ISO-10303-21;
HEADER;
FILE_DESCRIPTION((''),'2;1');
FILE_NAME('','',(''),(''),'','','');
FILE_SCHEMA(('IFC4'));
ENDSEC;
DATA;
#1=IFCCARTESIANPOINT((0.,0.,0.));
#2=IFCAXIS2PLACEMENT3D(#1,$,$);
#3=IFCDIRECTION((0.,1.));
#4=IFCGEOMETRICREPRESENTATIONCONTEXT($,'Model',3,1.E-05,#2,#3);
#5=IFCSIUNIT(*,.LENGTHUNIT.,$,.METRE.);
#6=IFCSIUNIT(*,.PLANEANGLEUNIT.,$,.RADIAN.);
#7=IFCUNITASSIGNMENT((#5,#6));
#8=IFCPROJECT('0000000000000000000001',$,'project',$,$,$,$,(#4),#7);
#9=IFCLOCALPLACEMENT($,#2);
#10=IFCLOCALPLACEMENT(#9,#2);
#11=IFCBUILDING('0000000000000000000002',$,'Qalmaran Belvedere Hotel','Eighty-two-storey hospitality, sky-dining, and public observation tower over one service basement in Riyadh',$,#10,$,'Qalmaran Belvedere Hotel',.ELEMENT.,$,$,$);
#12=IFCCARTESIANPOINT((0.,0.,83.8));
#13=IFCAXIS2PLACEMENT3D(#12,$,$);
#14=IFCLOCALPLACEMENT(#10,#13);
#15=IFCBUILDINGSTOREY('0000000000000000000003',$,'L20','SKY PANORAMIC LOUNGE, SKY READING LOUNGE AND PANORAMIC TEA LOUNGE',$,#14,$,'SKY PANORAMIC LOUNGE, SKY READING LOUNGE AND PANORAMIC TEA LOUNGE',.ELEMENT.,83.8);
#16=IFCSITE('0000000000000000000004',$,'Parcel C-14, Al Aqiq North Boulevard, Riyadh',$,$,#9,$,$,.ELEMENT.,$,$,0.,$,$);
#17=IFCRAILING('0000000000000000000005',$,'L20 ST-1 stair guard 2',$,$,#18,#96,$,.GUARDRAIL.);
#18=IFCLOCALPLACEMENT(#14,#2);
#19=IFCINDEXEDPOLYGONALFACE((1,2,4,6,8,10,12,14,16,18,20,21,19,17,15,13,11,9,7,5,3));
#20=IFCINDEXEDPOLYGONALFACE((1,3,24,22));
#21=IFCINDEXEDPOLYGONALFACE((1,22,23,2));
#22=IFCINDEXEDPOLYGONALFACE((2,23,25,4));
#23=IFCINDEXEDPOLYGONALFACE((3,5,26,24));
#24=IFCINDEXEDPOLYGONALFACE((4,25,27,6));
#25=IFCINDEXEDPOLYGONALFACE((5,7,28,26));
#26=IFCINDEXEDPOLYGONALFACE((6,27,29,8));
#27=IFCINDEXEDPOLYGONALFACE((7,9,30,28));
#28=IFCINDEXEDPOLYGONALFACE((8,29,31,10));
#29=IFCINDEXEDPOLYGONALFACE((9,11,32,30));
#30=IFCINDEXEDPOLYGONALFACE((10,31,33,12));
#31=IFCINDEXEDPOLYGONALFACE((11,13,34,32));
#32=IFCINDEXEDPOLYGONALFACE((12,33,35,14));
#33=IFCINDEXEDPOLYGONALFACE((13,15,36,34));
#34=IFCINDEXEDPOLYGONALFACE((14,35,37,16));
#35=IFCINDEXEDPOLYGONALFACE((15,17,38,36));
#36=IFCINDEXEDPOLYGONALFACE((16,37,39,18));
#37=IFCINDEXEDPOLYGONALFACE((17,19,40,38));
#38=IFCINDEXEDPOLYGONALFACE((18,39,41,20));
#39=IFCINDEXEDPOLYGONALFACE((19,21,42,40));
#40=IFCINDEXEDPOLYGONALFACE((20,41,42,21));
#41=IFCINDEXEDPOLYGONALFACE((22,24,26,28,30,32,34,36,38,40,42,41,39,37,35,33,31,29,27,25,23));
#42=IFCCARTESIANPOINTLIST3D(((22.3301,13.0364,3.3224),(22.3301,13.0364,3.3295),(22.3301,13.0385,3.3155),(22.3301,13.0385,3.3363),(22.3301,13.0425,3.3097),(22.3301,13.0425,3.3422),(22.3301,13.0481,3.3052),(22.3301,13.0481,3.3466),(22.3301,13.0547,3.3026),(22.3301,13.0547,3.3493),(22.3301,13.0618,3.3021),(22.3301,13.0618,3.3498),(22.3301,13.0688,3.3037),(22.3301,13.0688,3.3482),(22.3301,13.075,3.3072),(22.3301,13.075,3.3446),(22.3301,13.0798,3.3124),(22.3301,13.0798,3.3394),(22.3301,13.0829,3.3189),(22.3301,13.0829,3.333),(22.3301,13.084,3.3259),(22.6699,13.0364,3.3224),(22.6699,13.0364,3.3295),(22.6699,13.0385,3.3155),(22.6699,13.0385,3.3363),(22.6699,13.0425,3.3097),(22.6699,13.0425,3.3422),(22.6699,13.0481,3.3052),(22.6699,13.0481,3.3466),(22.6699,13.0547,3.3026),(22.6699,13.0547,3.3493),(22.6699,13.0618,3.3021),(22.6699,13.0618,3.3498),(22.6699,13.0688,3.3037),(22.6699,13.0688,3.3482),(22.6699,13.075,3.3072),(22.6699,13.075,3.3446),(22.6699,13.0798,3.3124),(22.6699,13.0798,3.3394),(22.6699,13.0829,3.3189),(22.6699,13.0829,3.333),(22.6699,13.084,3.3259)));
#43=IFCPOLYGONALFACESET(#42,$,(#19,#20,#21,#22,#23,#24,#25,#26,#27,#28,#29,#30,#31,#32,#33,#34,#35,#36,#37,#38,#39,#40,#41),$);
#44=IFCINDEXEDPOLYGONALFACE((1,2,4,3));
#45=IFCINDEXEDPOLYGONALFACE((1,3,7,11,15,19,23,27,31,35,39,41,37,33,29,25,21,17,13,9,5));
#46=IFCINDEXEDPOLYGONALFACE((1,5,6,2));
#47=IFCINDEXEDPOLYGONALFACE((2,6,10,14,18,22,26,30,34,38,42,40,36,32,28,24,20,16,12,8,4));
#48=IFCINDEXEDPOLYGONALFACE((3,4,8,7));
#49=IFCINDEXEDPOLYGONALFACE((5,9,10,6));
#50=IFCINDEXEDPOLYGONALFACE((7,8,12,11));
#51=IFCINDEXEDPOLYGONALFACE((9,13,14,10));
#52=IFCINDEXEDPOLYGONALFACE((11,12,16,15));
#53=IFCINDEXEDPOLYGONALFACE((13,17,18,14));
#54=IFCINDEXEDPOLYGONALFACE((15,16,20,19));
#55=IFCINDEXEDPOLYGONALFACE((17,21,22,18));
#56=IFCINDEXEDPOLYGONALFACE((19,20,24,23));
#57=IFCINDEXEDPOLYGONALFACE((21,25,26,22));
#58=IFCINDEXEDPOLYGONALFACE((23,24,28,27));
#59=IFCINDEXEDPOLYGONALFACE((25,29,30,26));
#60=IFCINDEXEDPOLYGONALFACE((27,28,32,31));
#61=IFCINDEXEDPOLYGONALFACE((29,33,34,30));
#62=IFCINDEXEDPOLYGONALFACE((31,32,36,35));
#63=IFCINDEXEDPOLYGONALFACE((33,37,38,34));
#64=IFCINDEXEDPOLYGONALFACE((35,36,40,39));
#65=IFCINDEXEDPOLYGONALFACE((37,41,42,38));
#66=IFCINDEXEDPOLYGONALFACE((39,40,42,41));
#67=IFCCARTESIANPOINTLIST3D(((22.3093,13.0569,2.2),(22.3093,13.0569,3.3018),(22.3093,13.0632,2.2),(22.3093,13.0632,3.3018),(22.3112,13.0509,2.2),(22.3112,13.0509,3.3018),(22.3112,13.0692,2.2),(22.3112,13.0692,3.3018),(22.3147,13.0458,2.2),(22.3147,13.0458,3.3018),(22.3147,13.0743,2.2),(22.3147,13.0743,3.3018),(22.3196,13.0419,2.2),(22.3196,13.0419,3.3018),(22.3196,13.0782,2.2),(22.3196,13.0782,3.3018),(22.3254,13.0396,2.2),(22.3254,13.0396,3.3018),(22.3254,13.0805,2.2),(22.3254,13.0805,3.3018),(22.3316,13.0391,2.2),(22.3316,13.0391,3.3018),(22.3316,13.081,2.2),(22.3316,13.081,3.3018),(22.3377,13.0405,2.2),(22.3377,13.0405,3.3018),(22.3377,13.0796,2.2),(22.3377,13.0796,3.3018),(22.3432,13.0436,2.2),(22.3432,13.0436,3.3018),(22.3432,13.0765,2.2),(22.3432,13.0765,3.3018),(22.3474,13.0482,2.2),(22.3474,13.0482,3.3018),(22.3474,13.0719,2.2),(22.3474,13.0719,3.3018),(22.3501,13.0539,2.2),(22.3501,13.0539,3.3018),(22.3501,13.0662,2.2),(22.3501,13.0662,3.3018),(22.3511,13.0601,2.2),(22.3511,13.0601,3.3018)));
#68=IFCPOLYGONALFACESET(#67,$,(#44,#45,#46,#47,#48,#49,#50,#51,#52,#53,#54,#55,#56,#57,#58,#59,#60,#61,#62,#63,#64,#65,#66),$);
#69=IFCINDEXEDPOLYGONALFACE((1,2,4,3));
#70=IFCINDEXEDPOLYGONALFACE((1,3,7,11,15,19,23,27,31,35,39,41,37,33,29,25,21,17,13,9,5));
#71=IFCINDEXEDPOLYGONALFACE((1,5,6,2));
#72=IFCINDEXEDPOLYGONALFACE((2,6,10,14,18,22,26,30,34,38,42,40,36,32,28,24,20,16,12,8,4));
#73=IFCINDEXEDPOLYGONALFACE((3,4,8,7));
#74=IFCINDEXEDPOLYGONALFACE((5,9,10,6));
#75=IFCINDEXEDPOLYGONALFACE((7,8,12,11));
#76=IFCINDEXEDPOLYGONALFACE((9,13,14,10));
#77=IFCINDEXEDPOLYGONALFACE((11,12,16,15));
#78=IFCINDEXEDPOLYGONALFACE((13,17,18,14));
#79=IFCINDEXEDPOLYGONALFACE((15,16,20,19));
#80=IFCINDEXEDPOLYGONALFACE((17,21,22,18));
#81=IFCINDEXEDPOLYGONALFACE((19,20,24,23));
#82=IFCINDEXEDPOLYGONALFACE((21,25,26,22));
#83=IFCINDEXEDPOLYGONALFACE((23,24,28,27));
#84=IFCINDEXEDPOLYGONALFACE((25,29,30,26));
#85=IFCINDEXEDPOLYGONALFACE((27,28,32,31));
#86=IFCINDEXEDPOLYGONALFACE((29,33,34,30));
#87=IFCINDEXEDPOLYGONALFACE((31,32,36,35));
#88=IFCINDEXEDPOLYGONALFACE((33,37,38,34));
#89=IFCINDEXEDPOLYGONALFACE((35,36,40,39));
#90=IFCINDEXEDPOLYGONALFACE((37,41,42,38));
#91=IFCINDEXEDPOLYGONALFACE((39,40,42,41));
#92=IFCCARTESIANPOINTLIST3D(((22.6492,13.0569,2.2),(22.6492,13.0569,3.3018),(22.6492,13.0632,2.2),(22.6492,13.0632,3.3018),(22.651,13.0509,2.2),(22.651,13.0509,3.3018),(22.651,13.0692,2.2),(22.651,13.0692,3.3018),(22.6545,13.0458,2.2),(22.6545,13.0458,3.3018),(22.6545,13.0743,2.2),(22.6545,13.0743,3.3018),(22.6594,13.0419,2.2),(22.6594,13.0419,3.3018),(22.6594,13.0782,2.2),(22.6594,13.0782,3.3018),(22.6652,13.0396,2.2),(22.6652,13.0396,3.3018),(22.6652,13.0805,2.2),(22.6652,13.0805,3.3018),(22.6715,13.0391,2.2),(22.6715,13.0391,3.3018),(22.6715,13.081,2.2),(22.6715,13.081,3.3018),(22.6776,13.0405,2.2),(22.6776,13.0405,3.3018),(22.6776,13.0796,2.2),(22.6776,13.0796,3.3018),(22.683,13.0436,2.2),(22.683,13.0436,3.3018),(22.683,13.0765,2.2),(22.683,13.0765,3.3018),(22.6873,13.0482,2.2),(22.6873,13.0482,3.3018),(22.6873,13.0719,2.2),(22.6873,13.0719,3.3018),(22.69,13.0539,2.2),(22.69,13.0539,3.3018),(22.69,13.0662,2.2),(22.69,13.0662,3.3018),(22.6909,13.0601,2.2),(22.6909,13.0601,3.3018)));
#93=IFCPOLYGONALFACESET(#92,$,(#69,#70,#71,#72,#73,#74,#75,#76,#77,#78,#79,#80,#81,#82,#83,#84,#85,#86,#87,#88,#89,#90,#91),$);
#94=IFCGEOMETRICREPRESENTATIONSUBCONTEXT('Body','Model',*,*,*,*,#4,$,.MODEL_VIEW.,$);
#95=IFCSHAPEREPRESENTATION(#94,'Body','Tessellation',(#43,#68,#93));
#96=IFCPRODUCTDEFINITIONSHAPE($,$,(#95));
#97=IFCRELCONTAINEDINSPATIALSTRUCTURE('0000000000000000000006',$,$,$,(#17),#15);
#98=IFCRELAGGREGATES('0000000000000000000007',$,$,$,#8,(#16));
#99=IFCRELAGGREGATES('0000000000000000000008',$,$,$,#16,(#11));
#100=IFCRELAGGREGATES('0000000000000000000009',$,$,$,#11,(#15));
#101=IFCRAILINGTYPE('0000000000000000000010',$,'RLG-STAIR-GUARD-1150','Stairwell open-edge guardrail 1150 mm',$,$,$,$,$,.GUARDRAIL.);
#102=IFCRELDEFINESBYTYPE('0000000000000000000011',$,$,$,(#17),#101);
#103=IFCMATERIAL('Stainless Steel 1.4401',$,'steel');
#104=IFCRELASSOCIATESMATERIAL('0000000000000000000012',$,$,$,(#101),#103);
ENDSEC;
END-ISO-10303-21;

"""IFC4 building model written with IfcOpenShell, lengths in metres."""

from ifc_helpers import new_model, si_unit, direction, frame, origin, origin_2d, place, context, subcontext, project, spatial, circle, extrude, material, type_object, element, save


model = new_model("IFC4")

# Units and contexts
model_context = context("Model", 3, precision=1e-05, world=origin(), true_north=direction((0.0, 1.0)))
body_context = subcontext(model_context, "Body", "Model", "MODEL_VIEW")
ifc_project = project(units=[si_unit("LENGTHUNIT", "METRE"), si_unit("PLANEANGLEUNIT", "RADIAN")], contexts=[model_context])

# Site, building, storey
site_placement = place(None, origin())
site = spatial("IfcSite", under=ifc_project, at=site_placement, Name="Parcel C-14, Al Aqiq North Boulevard, Riyadh", CompositionType="ELEMENT", RefElevation=0.0)
building_placement = place(site_placement, origin())
building = spatial("IfcBuilding", under=site, at=building_placement, Name="Qalmaran Belvedere Hotel", Description="Eighty-two-storey hospitality, sky-dining, and public observation tower over one service basement in Riyadh", LongName="Qalmaran Belvedere Hotel", CompositionType="ELEMENT")
storey_placement = place(building_placement, frame((0.0, 0.0, 83.8)))
storey = spatial("IfcBuildingStorey", under=building, at=storey_placement, Name="L20", Description="SKY PANORAMIC LOUNGE, SKY READING LOUNGE AND PANORAMIC TEA LOUNGE", LongName="SKY PANORAMIC LOUNGE, SKY READING LOUNGE AND PANORAMIC TEA LOUNGE", CompositionType="ELEMENT", Elevation=83.8)

# Railing
ifc_material_1 = material(Name="Stainless Steel 1.4401", Category="steel")
railing_type_1 = type_object("IfcRailingType", Name="RLG-STAIR-GUARD-1150", Description="Stairwell open-edge guardrail 1150 mm", PredefinedType="GUARDRAIL", material=ifc_material_1)
railing_1_placement = place(storey_placement, frame((22.3301, 13.0601, 2.2)))
element("IfcRailing", 1, at=railing_1_placement, inside=storey, type_object=railing_type_1, Name="L20 ST-1 stair guard 2", PredefinedType="GUARDRAIL", context=body_context, shape_type="SweptSolid", body=[
    extrude(circle(Radius=0.0239, at=origin_2d()), frame((0.0, 0.0, 1.126), z_axis=(1.0, 0.0, 0.0), x_axis=(0.0, 1.0, 0.0)), (0.0, 0.0, 1.0), 0.3398),
    extrude(circle(Radius=0.021, at=origin_2d()), origin(), (0.0, 0.0, 1.0), 1.1018),
    extrude(circle(Radius=0.021, at=origin_2d()), frame((0.3398, 0.0, 0.0)), (0.0, 0.0, 1.0), 1.1018),
])

save(model, "model.ifc")
